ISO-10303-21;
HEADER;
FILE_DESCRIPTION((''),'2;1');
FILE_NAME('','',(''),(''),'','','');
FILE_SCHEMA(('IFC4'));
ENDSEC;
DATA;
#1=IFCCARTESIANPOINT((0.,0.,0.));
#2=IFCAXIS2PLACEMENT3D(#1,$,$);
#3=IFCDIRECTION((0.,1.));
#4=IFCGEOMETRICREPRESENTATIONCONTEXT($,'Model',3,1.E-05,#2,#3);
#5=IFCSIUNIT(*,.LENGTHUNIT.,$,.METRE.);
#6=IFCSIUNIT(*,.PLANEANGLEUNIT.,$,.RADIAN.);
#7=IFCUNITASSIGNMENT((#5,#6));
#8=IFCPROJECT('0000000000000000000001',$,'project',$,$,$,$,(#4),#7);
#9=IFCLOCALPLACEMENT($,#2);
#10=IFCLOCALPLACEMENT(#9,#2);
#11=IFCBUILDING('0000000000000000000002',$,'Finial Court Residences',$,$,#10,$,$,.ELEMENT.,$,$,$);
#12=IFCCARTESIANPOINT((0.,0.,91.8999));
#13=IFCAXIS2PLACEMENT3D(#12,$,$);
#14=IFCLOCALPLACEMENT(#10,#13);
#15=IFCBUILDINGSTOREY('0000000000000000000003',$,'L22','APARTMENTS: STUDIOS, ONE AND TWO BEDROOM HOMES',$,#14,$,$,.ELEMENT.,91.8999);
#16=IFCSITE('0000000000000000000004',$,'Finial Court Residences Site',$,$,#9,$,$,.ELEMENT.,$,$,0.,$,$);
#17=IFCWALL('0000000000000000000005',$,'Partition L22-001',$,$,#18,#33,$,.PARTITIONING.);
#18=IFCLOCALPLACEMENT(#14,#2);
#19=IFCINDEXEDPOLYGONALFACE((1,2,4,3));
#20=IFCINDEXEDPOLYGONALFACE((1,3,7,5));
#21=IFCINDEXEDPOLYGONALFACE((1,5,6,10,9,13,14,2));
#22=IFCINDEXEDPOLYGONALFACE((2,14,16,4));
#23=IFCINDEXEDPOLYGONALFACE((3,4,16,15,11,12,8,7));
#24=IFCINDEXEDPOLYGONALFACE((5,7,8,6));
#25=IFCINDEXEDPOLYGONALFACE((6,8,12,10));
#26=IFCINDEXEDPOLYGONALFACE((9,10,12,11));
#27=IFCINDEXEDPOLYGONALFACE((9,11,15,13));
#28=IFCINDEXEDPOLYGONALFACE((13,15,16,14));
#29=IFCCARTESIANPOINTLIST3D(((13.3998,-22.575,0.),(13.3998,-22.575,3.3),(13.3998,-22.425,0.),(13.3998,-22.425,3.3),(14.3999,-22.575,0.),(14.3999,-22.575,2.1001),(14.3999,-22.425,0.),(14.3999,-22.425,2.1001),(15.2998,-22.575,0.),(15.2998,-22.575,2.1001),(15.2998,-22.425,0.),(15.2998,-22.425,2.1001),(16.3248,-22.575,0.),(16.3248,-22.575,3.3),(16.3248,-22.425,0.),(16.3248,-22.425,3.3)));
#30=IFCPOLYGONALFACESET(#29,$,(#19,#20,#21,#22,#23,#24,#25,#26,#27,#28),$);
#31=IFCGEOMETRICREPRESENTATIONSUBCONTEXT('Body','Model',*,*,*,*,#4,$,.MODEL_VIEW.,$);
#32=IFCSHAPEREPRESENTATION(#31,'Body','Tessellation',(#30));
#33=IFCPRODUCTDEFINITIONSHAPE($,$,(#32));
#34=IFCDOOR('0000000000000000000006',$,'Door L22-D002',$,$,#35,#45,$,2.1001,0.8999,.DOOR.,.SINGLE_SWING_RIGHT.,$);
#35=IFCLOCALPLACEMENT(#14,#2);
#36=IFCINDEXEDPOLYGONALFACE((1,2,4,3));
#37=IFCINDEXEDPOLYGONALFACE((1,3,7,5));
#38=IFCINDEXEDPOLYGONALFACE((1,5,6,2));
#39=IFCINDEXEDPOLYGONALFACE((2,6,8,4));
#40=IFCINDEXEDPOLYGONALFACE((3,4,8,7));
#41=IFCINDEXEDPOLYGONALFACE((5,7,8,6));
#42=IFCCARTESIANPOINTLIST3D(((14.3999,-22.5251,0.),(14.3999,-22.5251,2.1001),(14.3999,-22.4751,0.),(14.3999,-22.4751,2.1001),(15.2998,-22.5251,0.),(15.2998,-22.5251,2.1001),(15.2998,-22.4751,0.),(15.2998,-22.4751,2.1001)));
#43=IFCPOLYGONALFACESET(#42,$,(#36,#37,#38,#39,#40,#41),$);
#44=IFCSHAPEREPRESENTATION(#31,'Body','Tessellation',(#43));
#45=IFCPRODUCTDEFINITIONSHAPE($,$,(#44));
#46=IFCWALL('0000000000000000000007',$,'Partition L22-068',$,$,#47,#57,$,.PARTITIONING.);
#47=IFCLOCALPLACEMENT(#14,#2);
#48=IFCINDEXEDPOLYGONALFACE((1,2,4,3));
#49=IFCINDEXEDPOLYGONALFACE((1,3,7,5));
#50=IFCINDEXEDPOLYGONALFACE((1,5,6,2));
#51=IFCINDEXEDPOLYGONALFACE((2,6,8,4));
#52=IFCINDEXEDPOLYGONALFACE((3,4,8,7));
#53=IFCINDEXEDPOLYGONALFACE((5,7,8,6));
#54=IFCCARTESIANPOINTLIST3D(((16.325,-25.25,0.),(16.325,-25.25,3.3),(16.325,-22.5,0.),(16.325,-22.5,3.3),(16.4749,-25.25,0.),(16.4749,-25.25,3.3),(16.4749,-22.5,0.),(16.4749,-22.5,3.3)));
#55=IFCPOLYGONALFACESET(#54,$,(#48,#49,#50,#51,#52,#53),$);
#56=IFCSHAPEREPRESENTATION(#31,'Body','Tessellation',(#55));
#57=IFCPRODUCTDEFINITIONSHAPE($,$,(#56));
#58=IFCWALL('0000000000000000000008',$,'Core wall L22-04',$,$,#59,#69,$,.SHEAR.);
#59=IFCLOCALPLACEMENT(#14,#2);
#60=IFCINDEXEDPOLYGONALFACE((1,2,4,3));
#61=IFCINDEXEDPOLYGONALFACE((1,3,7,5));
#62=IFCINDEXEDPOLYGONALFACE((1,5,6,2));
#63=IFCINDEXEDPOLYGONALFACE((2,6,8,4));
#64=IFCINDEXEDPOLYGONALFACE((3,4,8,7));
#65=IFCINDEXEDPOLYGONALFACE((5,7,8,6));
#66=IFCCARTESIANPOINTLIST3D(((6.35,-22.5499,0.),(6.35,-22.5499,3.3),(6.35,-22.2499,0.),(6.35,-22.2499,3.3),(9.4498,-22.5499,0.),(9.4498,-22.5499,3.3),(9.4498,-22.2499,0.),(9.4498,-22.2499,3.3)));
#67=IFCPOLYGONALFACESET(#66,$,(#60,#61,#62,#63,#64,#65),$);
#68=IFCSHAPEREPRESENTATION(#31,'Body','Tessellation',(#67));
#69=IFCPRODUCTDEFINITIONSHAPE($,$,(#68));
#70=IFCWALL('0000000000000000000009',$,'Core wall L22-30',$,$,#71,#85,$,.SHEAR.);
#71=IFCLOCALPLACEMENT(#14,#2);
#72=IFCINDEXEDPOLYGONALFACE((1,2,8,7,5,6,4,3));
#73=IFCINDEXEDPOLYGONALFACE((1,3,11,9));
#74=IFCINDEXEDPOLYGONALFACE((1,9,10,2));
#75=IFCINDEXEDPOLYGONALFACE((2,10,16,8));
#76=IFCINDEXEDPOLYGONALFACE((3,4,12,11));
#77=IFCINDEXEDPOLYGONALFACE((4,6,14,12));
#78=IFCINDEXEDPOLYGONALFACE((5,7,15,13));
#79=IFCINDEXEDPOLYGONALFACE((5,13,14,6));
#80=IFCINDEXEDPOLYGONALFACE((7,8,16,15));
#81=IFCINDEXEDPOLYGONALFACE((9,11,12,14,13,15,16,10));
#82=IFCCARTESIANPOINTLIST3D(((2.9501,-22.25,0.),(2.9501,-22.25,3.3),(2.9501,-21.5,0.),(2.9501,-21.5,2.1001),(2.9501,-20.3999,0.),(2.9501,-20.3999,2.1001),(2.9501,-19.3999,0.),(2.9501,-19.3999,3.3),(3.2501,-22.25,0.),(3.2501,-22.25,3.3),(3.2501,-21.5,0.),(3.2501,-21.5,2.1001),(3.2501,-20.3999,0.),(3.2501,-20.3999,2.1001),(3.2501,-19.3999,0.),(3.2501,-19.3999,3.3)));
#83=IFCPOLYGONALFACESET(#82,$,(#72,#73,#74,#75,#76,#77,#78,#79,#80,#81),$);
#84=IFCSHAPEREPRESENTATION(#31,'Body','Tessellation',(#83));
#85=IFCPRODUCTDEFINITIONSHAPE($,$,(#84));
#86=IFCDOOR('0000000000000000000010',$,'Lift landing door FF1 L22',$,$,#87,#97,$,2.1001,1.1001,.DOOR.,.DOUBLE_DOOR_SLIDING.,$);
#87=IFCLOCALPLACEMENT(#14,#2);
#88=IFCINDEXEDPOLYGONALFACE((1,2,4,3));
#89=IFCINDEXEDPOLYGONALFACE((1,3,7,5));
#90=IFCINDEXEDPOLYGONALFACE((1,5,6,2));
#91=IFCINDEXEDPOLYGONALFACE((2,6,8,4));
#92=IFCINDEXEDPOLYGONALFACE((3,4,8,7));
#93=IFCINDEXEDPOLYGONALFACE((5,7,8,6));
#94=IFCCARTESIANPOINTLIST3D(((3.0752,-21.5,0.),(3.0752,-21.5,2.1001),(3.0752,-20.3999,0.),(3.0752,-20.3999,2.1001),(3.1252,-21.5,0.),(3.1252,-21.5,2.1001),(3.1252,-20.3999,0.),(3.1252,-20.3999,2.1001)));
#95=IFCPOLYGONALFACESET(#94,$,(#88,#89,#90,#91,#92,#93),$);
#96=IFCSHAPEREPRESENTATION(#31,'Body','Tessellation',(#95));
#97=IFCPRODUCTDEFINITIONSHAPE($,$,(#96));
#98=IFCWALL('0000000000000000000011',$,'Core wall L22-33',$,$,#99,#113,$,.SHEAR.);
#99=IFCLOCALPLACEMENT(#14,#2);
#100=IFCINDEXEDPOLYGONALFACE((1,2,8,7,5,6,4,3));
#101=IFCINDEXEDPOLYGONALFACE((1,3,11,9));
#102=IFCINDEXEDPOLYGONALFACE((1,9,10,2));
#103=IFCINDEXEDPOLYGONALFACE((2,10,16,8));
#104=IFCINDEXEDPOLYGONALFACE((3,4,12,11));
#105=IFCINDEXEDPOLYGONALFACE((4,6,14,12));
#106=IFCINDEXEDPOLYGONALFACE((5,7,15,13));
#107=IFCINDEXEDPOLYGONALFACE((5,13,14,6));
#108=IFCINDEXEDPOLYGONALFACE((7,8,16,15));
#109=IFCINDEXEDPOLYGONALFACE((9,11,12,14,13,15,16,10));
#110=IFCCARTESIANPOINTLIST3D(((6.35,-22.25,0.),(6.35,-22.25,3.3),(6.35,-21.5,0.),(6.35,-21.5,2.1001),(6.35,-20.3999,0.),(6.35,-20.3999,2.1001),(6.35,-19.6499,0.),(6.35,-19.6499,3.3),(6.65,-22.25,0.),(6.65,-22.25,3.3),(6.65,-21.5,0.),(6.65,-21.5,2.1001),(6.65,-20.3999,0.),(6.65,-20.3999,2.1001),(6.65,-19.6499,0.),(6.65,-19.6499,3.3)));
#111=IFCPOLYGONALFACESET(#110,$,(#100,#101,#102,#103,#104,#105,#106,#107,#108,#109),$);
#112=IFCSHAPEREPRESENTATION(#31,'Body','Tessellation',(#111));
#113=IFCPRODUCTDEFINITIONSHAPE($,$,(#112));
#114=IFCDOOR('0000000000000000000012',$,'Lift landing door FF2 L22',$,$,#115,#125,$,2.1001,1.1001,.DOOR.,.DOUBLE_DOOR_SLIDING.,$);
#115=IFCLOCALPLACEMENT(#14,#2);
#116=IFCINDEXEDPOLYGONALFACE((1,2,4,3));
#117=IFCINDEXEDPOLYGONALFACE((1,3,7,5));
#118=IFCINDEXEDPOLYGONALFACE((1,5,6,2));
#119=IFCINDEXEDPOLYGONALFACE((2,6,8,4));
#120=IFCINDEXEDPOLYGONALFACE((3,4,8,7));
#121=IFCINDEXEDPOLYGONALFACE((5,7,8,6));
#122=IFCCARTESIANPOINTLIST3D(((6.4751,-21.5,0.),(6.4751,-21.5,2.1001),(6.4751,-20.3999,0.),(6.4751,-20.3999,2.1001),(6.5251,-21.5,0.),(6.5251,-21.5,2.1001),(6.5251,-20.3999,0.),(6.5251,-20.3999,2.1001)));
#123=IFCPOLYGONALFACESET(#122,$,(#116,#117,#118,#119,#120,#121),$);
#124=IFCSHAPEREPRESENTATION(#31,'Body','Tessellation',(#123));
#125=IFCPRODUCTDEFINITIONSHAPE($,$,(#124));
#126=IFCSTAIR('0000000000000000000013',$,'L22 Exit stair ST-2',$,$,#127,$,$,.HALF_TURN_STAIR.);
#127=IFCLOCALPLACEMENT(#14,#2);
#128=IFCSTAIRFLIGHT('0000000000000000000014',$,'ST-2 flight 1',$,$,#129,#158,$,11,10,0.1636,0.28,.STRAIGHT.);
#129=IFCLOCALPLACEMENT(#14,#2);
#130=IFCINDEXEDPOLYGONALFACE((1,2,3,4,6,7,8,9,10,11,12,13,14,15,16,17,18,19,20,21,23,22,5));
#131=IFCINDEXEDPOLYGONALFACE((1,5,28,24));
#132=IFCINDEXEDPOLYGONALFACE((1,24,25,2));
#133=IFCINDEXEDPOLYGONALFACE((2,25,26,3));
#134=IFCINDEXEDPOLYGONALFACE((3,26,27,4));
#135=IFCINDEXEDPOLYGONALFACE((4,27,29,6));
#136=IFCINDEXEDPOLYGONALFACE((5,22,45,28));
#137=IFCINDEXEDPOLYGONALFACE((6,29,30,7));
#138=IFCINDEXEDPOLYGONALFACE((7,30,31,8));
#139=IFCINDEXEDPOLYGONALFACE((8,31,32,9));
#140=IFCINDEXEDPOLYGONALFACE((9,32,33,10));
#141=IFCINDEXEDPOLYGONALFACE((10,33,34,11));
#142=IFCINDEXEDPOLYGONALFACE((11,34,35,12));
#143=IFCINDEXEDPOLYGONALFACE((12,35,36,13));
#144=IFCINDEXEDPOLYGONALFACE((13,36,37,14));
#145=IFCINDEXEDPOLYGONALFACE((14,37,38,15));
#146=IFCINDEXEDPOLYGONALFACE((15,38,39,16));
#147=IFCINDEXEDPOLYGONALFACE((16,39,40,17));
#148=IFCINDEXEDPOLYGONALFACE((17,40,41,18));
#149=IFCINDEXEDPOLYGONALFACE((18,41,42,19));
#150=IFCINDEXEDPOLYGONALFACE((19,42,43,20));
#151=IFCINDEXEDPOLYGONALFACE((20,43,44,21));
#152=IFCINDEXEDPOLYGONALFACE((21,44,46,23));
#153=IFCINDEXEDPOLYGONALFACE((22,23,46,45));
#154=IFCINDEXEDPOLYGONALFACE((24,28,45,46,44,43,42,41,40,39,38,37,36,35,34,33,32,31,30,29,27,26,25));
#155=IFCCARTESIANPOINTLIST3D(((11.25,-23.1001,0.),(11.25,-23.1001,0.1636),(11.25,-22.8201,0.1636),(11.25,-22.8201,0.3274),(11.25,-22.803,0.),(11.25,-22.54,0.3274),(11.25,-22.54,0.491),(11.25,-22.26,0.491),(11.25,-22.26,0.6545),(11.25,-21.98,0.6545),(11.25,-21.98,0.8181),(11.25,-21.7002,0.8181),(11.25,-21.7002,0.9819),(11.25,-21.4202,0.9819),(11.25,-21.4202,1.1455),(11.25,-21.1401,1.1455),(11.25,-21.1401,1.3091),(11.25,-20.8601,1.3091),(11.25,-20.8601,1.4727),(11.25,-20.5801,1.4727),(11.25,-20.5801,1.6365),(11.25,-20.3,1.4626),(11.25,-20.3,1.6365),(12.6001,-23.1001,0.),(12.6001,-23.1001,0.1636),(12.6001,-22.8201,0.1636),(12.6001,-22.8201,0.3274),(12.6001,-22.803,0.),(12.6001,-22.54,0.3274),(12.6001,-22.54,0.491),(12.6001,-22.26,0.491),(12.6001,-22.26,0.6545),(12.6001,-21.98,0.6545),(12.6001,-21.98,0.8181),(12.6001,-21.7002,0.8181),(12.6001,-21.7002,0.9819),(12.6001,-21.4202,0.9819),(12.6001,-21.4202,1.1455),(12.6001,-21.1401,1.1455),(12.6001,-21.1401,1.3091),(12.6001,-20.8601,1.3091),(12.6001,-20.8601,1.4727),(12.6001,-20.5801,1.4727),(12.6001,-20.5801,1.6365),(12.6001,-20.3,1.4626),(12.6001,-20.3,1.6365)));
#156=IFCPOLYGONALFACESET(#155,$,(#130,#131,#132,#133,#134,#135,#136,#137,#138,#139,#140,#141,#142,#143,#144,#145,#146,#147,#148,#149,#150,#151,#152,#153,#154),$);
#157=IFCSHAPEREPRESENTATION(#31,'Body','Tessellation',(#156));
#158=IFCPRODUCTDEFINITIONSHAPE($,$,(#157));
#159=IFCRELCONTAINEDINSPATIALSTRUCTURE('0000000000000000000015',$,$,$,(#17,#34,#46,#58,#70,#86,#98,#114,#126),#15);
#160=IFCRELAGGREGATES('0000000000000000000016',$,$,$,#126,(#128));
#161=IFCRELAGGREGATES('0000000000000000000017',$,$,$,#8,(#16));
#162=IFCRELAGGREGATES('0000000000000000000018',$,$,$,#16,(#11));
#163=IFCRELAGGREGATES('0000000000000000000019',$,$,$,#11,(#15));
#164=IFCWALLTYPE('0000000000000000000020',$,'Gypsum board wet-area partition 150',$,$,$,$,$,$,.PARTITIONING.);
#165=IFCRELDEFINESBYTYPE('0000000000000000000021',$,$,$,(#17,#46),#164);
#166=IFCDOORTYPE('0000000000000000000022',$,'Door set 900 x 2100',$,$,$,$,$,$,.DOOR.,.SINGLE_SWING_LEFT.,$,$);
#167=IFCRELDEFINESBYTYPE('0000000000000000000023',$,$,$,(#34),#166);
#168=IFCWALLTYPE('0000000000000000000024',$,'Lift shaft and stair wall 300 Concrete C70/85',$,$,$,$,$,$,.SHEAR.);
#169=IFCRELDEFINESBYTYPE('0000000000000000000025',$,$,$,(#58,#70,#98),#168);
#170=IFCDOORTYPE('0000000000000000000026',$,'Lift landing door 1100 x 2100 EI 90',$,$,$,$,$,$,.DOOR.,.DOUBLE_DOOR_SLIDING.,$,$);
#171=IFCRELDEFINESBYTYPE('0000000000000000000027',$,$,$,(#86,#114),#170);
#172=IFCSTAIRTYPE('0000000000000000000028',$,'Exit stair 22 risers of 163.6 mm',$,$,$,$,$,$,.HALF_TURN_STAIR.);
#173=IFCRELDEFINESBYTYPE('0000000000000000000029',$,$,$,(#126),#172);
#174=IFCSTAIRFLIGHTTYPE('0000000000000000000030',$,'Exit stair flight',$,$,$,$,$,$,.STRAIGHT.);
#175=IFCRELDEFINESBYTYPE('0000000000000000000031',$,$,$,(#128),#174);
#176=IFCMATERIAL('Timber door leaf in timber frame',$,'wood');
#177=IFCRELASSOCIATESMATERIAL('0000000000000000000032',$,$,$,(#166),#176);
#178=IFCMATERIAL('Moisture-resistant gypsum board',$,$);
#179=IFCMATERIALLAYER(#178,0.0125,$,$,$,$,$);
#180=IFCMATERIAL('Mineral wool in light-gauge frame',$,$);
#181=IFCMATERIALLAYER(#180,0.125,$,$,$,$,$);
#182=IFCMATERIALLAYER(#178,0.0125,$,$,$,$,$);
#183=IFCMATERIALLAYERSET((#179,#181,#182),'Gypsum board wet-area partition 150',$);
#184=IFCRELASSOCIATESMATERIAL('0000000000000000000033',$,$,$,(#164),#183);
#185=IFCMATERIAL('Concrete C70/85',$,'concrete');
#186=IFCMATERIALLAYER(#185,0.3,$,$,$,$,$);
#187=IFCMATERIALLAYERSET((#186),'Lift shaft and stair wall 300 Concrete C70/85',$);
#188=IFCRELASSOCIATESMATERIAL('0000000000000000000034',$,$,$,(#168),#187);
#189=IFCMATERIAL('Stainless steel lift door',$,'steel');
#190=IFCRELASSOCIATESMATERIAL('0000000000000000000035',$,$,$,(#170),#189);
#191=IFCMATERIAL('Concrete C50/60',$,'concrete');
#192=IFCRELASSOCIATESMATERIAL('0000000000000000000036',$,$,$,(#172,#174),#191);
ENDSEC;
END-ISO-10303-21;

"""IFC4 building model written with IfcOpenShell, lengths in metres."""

from ifc_helpers import new_model, si_unit, direction, frame, frame_2d, origin, place, context, subcontext, project, spatial, polyline, rectangle, outline, extrude, material, layer, layer_set, type_object, element, fill, aggregate, save


model = new_model("IFC4")

# Units and contexts
model_context = context("Model", 3, precision=1e-05, world=origin(), true_north=direction((0.0, 1.0)))
body_context = subcontext(model_context, "Body", "Model", "MODEL_VIEW")
ifc_project = project(units=[si_unit("LENGTHUNIT", "METRE"), si_unit("PLANEANGLEUNIT", "RADIAN")], contexts=[model_context])

# Site, building, storey
site_placement = place(None, origin())
site = spatial("IfcSite", under=ifc_project, at=site_placement, Name="Finial Court Residences Site", CompositionType="ELEMENT", RefElevation=0.0)
building_placement = place(site_placement, origin())
building = spatial("IfcBuilding", under=site, at=building_placement, Name="Finial Court Residences", CompositionType="ELEMENT")
storey_placement = place(building_placement, frame((0.0, 0.0, 91.8999)))
storey = spatial("IfcBuildingStorey", under=building, at=storey_placement, Name="L22", Description="APARTMENTS: STUDIOS, ONE AND TWO BEDROOM HOMES", CompositionType="ELEMENT", Elevation=91.8999)

# Shared definitions
ifc_material_1 = material(Name="Concrete C70/85", Category="concrete")

# Wall, opening, door
ifc_material_2 = material(Name="Mineral wool in light-gauge frame")
ifc_material_3 = material(Name="Timber door leaf in timber frame", Category="wood")
door_type_1 = type_object("IfcDoorType", Name="Door set 900 x 2100", OperationType="SINGLE_SWING_LEFT", PredefinedType="DOOR", material=ifc_material_3)
ifc_material_4 = material(Name="Moisture-resistant gypsum board")
ifc_layer_1 = layer(ifc_material_4, 0.0125)
ifc_layer_2 = layer(ifc_material_2, 0.125)
ifc_layer_3 = layer(ifc_material_4, 0.0125)
ifc_layer_set_1 = layer_set([ifc_layer_1, ifc_layer_2, ifc_layer_3], Name="Gypsum board wet-area partition 150")
wall_type_1 = type_object("IfcWallType", Name="Gypsum board wet-area partition 150", PredefinedType="PARTITIONING", material=ifc_layer_set_1)
wall_1_placement = place(storey_placement, frame((13.3999, -22.5, 0.0), z_axis=(0.0, 0.0, 1.0), x_axis=(1.0, 0.0, 0.0)))
wall_1 = element("IfcWall", 1, at=wall_1_placement, inside=storey, type_object=wall_type_1, Name="Partition L22-001", PredefinedType="PARTITIONING", context=body_context, shape_type="SweptSolid", body=[
    extrude(rectangle(XDim=2.925, YDim=0.1499, at=frame_2d((1.4624, 0.0))), origin(), (0.0, 0.0, 1.0), 3.3),
])
opening_1_placement = place(wall_1_placement, frame((1.0, 0.0, 0.0)))
opening_1 = element("IfcOpeningElement", 2, at=opening_1_placement, cuts=wall_1, PredefinedType="OPENING", context=body_context, shape_type="SweptSolid", body=[
    extrude(rectangle(XDim=0.8999, YDim=2.1001, at=frame_2d((0.45, 1.05))), frame((0.0, 0.085, 0.0), z_axis=(0.0, -1.0, 0.0), x_axis=(1.0, 0.0, 0.0)), (0.0, 0.0, 1.0), 0.1699),
])
door_1_placement = place(opening_1_placement, origin())
door_1 = element("IfcDoor", 3, at=door_1_placement, inside=storey, type_object=door_type_1, Name="Door L22-D002", OperationType="SINGLE_SWING_RIGHT", OverallHeight=2.1001, OverallWidth=0.8999, PredefinedType="DOOR", context=body_context, shape_type="SweptSolid", body=[
    extrude(rectangle(XDim=0.8999, YDim=2.1001, at=frame_2d((0.45, 1.05))), frame((0.0, 0.0249, 0.0), z_axis=(0.0, -1.0, 0.0), x_axis=(1.0, 0.0, 0.0)), (0.0, 0.0, 1.0), 0.05),
])
fill(opening_1, door_1)

# Walls
wall_2_placement = place(storey_placement, frame((16.3999, -25.25, 0.0), z_axis=(0.0, 0.0, 1.0), x_axis=(0.0, 1.0, 0.0)))
element("IfcWall", 4, at=wall_2_placement, inside=storey, type_object=wall_type_1, Name="Partition L22-068", PredefinedType="PARTITIONING", context=body_context, shape_type="SweptSolid", body=[
    extrude(rectangle(XDim=2.75, YDim=0.1499, at=frame_2d((1.375, 0.0))), origin(), (0.0, 0.0, 1.0), 3.3),
])
ifc_layer_4 = layer(ifc_material_1, 0.3)
ifc_layer_set_2 = layer_set([ifc_layer_4], Name="Lift shaft and stair wall 300 Concrete C70/85")
wall_type_2 = type_object("IfcWallType", Name="Lift shaft and stair wall 300 Concrete C70/85", PredefinedType="SHEAR", material=ifc_layer_set_2)
wall_3_placement = place(storey_placement, frame((6.3501, -22.3999, 0.0), z_axis=(0.0, 0.0, 1.0), x_axis=(1.0, 0.0, 0.0)))
element("IfcWall", 5, at=wall_3_placement, inside=storey, type_object=wall_type_2, Name="Core wall L22-04", PredefinedType="SHEAR", context=body_context, shape_type="SweptSolid", body=[
    extrude(rectangle(XDim=3.0999, YDim=0.3, at=frame_2d((1.5498, 0.0))), origin(), (0.0, 0.0, 1.0), 3.3),
])

# Walls, openings, doors
wall_4_placement = place(storey_placement, frame((3.1001, -22.25, 0.0), z_axis=(0.0, 0.0, 1.0), x_axis=(0.0, 1.0, 0.0)))
wall_4 = element("IfcWall", 6, at=wall_4_placement, inside=storey, type_object=wall_type_2, Name="Core wall L22-30", PredefinedType="SHEAR", context=body_context, shape_type="SweptSolid", body=[
    extrude(rectangle(XDim=2.8501, YDim=0.3, at=frame_2d((1.425, 0.0))), origin(), (0.0, 0.0, 1.0), 3.3),
])
opening_2_placement = place(wall_4_placement, frame((0.75, 0.0, 0.0)))
opening_2 = element("IfcOpeningElement", 7, at=opening_2_placement, cuts=wall_4, PredefinedType="OPENING", context=body_context, shape_type="SweptSolid", body=[
    extrude(rectangle(XDim=1.1001, YDim=2.1001, at=frame_2d((0.55, 1.05))), frame((0.0, 0.1599, 0.0), z_axis=(0.0, -1.0, 0.0), x_axis=(1.0, 0.0, 0.0)), (0.0, 0.0, 1.0), 0.3201),
])
ifc_material_5 = material(Name="Stainless steel lift door", Category="steel")
door_type_2 = type_object("IfcDoorType", Name="Lift landing door 1100 x 2100 EI 90", OperationType="DOUBLE_DOOR_SLIDING", PredefinedType="DOOR", material=ifc_material_5)
door_2_placement = place(opening_2_placement, origin())
door_2 = element("IfcDoor", 8, at=door_2_placement, inside=storey, type_object=door_type_2, Name="Lift landing door FF1 L22", OperationType="DOUBLE_DOOR_SLIDING", OverallHeight=2.1001, OverallWidth=1.1001, PredefinedType="DOOR", context=body_context, shape_type="SweptSolid", body=[
    extrude(rectangle(XDim=1.1001, YDim=2.1001, at=frame_2d((0.55, 1.05))), frame((0.0, 0.0249, 0.0), z_axis=(0.0, -1.0, 0.0), x_axis=(1.0, 0.0, 0.0)), (0.0, 0.0, 1.0), 0.05),
])
fill(opening_2, door_2)
wall_5_placement = place(storey_placement, frame((6.5, -22.25, 0.0), z_axis=(0.0, 0.0, 1.0), x_axis=(0.0, 1.0, 0.0)))
wall_5 = element("IfcWall", 9, at=wall_5_placement, inside=storey, type_object=wall_type_2, Name="Core wall L22-33", PredefinedType="SHEAR", context=body_context, shape_type="SweptSolid", body=[
    extrude(rectangle(XDim=2.6001, YDim=0.3, at=frame_2d((1.3, 0.0))), origin(), (0.0, 0.0, 1.0), 3.3),
])
opening_3_placement = place(wall_5_placement, frame((0.75, 0.0, 0.0)))
opening_3 = element("IfcOpeningElement", 10, at=opening_3_placement, cuts=wall_5, PredefinedType="OPENING", context=body_context, shape_type="SweptSolid", body=[
    extrude(rectangle(XDim=1.1001, YDim=2.1001, at=frame_2d((0.55, 1.05))), frame((0.0, 0.1599, 0.0), z_axis=(0.0, -1.0, 0.0), x_axis=(1.0, 0.0, 0.0)), (0.0, 0.0, 1.0), 0.3201),
])
door_3_placement = place(opening_3_placement, origin())
door_3 = element("IfcDoor", 11, at=door_3_placement, inside=storey, type_object=door_type_2, Name="Lift landing door FF2 L22", OperationType="DOUBLE_DOOR_SLIDING", OverallHeight=2.1001, OverallWidth=1.1001, PredefinedType="DOOR", context=body_context, shape_type="SweptSolid", body=[
    extrude(rectangle(XDim=1.1001, YDim=2.1001, at=frame_2d((0.55, 1.05))), frame((0.0, 0.0249, 0.0), z_axis=(0.0, -1.0, 0.0), x_axis=(1.0, 0.0, 0.0)), (0.0, 0.0, 1.0), 0.05),
])
fill(opening_3, door_3)

# Stair, stair flight
ifc_material_6 = material(Name="Concrete C50/60", Category="concrete")
stair_type = type_object("IfcStairType", Name="Exit stair 22 risers of 163.6 mm", PredefinedType="HALF_TURN_STAIR", material=ifc_material_6)
stair_placement = place(storey_placement, origin())
stair = element("IfcStair", 12, at=stair_placement, inside=storey, type_object=stair_type, Name="L22 Exit stair ST-2", PredefinedType="HALF_TURN_STAIR")
stair_flight_type = type_object("IfcStairFlightType", Name="Exit stair flight", PredefinedType="STRAIGHT", material=ifc_material_6)
stair_flight_1_placement = place(storey_placement, frame((11.925, -23.1001, 0.0), z_axis=(0.0, 0.0, 1.0), x_axis=(0.0, 1.0, 0.0)))
stair_flight_1 = element("IfcStairFlight", 13, at=stair_flight_1_placement, type_object=stair_flight_type, Name="ST-2 flight 1", NumberOfRisers=11, NumberOfTreads=10, PredefinedType="STRAIGHT", RiserHeight=0.1636, TreadLength=0.28, context=body_context, shape_type="SweptSolid", body=[
    extrude(outline(polyline([(0.0, 0.0), (0.0, 0.1636), (0.28, 0.1636), (0.28, 0.3274), (0.5601, 0.3274), (0.5601, 0.491), (0.8401, 0.491), (0.8401, 0.6545), (1.1201, 0.6545), (1.1201, 0.8181), (1.3999, 0.8181), (1.3999, 0.9819), (1.6799, 0.9819), (1.6799, 1.1455), (1.96, 1.1455), (1.96, 1.3091), (2.24, 1.3091), (2.24, 1.4727), (2.52, 1.4727), (2.52, 1.6365), (2.8, 1.6365), (2.8, 1.8), (2.8, 1.4626), (0.2971, 0.0), (0.0, 0.0)])), frame((0.0, 0.675, 0.0), z_axis=(0.0, -1.0, 0.0), x_axis=(1.0, 0.0, 0.0)), (0.0, 0.0, 1.0), 1.3501),
])
aggregate(stair, [stair_flight_1])

save(model, "model.ifc")
